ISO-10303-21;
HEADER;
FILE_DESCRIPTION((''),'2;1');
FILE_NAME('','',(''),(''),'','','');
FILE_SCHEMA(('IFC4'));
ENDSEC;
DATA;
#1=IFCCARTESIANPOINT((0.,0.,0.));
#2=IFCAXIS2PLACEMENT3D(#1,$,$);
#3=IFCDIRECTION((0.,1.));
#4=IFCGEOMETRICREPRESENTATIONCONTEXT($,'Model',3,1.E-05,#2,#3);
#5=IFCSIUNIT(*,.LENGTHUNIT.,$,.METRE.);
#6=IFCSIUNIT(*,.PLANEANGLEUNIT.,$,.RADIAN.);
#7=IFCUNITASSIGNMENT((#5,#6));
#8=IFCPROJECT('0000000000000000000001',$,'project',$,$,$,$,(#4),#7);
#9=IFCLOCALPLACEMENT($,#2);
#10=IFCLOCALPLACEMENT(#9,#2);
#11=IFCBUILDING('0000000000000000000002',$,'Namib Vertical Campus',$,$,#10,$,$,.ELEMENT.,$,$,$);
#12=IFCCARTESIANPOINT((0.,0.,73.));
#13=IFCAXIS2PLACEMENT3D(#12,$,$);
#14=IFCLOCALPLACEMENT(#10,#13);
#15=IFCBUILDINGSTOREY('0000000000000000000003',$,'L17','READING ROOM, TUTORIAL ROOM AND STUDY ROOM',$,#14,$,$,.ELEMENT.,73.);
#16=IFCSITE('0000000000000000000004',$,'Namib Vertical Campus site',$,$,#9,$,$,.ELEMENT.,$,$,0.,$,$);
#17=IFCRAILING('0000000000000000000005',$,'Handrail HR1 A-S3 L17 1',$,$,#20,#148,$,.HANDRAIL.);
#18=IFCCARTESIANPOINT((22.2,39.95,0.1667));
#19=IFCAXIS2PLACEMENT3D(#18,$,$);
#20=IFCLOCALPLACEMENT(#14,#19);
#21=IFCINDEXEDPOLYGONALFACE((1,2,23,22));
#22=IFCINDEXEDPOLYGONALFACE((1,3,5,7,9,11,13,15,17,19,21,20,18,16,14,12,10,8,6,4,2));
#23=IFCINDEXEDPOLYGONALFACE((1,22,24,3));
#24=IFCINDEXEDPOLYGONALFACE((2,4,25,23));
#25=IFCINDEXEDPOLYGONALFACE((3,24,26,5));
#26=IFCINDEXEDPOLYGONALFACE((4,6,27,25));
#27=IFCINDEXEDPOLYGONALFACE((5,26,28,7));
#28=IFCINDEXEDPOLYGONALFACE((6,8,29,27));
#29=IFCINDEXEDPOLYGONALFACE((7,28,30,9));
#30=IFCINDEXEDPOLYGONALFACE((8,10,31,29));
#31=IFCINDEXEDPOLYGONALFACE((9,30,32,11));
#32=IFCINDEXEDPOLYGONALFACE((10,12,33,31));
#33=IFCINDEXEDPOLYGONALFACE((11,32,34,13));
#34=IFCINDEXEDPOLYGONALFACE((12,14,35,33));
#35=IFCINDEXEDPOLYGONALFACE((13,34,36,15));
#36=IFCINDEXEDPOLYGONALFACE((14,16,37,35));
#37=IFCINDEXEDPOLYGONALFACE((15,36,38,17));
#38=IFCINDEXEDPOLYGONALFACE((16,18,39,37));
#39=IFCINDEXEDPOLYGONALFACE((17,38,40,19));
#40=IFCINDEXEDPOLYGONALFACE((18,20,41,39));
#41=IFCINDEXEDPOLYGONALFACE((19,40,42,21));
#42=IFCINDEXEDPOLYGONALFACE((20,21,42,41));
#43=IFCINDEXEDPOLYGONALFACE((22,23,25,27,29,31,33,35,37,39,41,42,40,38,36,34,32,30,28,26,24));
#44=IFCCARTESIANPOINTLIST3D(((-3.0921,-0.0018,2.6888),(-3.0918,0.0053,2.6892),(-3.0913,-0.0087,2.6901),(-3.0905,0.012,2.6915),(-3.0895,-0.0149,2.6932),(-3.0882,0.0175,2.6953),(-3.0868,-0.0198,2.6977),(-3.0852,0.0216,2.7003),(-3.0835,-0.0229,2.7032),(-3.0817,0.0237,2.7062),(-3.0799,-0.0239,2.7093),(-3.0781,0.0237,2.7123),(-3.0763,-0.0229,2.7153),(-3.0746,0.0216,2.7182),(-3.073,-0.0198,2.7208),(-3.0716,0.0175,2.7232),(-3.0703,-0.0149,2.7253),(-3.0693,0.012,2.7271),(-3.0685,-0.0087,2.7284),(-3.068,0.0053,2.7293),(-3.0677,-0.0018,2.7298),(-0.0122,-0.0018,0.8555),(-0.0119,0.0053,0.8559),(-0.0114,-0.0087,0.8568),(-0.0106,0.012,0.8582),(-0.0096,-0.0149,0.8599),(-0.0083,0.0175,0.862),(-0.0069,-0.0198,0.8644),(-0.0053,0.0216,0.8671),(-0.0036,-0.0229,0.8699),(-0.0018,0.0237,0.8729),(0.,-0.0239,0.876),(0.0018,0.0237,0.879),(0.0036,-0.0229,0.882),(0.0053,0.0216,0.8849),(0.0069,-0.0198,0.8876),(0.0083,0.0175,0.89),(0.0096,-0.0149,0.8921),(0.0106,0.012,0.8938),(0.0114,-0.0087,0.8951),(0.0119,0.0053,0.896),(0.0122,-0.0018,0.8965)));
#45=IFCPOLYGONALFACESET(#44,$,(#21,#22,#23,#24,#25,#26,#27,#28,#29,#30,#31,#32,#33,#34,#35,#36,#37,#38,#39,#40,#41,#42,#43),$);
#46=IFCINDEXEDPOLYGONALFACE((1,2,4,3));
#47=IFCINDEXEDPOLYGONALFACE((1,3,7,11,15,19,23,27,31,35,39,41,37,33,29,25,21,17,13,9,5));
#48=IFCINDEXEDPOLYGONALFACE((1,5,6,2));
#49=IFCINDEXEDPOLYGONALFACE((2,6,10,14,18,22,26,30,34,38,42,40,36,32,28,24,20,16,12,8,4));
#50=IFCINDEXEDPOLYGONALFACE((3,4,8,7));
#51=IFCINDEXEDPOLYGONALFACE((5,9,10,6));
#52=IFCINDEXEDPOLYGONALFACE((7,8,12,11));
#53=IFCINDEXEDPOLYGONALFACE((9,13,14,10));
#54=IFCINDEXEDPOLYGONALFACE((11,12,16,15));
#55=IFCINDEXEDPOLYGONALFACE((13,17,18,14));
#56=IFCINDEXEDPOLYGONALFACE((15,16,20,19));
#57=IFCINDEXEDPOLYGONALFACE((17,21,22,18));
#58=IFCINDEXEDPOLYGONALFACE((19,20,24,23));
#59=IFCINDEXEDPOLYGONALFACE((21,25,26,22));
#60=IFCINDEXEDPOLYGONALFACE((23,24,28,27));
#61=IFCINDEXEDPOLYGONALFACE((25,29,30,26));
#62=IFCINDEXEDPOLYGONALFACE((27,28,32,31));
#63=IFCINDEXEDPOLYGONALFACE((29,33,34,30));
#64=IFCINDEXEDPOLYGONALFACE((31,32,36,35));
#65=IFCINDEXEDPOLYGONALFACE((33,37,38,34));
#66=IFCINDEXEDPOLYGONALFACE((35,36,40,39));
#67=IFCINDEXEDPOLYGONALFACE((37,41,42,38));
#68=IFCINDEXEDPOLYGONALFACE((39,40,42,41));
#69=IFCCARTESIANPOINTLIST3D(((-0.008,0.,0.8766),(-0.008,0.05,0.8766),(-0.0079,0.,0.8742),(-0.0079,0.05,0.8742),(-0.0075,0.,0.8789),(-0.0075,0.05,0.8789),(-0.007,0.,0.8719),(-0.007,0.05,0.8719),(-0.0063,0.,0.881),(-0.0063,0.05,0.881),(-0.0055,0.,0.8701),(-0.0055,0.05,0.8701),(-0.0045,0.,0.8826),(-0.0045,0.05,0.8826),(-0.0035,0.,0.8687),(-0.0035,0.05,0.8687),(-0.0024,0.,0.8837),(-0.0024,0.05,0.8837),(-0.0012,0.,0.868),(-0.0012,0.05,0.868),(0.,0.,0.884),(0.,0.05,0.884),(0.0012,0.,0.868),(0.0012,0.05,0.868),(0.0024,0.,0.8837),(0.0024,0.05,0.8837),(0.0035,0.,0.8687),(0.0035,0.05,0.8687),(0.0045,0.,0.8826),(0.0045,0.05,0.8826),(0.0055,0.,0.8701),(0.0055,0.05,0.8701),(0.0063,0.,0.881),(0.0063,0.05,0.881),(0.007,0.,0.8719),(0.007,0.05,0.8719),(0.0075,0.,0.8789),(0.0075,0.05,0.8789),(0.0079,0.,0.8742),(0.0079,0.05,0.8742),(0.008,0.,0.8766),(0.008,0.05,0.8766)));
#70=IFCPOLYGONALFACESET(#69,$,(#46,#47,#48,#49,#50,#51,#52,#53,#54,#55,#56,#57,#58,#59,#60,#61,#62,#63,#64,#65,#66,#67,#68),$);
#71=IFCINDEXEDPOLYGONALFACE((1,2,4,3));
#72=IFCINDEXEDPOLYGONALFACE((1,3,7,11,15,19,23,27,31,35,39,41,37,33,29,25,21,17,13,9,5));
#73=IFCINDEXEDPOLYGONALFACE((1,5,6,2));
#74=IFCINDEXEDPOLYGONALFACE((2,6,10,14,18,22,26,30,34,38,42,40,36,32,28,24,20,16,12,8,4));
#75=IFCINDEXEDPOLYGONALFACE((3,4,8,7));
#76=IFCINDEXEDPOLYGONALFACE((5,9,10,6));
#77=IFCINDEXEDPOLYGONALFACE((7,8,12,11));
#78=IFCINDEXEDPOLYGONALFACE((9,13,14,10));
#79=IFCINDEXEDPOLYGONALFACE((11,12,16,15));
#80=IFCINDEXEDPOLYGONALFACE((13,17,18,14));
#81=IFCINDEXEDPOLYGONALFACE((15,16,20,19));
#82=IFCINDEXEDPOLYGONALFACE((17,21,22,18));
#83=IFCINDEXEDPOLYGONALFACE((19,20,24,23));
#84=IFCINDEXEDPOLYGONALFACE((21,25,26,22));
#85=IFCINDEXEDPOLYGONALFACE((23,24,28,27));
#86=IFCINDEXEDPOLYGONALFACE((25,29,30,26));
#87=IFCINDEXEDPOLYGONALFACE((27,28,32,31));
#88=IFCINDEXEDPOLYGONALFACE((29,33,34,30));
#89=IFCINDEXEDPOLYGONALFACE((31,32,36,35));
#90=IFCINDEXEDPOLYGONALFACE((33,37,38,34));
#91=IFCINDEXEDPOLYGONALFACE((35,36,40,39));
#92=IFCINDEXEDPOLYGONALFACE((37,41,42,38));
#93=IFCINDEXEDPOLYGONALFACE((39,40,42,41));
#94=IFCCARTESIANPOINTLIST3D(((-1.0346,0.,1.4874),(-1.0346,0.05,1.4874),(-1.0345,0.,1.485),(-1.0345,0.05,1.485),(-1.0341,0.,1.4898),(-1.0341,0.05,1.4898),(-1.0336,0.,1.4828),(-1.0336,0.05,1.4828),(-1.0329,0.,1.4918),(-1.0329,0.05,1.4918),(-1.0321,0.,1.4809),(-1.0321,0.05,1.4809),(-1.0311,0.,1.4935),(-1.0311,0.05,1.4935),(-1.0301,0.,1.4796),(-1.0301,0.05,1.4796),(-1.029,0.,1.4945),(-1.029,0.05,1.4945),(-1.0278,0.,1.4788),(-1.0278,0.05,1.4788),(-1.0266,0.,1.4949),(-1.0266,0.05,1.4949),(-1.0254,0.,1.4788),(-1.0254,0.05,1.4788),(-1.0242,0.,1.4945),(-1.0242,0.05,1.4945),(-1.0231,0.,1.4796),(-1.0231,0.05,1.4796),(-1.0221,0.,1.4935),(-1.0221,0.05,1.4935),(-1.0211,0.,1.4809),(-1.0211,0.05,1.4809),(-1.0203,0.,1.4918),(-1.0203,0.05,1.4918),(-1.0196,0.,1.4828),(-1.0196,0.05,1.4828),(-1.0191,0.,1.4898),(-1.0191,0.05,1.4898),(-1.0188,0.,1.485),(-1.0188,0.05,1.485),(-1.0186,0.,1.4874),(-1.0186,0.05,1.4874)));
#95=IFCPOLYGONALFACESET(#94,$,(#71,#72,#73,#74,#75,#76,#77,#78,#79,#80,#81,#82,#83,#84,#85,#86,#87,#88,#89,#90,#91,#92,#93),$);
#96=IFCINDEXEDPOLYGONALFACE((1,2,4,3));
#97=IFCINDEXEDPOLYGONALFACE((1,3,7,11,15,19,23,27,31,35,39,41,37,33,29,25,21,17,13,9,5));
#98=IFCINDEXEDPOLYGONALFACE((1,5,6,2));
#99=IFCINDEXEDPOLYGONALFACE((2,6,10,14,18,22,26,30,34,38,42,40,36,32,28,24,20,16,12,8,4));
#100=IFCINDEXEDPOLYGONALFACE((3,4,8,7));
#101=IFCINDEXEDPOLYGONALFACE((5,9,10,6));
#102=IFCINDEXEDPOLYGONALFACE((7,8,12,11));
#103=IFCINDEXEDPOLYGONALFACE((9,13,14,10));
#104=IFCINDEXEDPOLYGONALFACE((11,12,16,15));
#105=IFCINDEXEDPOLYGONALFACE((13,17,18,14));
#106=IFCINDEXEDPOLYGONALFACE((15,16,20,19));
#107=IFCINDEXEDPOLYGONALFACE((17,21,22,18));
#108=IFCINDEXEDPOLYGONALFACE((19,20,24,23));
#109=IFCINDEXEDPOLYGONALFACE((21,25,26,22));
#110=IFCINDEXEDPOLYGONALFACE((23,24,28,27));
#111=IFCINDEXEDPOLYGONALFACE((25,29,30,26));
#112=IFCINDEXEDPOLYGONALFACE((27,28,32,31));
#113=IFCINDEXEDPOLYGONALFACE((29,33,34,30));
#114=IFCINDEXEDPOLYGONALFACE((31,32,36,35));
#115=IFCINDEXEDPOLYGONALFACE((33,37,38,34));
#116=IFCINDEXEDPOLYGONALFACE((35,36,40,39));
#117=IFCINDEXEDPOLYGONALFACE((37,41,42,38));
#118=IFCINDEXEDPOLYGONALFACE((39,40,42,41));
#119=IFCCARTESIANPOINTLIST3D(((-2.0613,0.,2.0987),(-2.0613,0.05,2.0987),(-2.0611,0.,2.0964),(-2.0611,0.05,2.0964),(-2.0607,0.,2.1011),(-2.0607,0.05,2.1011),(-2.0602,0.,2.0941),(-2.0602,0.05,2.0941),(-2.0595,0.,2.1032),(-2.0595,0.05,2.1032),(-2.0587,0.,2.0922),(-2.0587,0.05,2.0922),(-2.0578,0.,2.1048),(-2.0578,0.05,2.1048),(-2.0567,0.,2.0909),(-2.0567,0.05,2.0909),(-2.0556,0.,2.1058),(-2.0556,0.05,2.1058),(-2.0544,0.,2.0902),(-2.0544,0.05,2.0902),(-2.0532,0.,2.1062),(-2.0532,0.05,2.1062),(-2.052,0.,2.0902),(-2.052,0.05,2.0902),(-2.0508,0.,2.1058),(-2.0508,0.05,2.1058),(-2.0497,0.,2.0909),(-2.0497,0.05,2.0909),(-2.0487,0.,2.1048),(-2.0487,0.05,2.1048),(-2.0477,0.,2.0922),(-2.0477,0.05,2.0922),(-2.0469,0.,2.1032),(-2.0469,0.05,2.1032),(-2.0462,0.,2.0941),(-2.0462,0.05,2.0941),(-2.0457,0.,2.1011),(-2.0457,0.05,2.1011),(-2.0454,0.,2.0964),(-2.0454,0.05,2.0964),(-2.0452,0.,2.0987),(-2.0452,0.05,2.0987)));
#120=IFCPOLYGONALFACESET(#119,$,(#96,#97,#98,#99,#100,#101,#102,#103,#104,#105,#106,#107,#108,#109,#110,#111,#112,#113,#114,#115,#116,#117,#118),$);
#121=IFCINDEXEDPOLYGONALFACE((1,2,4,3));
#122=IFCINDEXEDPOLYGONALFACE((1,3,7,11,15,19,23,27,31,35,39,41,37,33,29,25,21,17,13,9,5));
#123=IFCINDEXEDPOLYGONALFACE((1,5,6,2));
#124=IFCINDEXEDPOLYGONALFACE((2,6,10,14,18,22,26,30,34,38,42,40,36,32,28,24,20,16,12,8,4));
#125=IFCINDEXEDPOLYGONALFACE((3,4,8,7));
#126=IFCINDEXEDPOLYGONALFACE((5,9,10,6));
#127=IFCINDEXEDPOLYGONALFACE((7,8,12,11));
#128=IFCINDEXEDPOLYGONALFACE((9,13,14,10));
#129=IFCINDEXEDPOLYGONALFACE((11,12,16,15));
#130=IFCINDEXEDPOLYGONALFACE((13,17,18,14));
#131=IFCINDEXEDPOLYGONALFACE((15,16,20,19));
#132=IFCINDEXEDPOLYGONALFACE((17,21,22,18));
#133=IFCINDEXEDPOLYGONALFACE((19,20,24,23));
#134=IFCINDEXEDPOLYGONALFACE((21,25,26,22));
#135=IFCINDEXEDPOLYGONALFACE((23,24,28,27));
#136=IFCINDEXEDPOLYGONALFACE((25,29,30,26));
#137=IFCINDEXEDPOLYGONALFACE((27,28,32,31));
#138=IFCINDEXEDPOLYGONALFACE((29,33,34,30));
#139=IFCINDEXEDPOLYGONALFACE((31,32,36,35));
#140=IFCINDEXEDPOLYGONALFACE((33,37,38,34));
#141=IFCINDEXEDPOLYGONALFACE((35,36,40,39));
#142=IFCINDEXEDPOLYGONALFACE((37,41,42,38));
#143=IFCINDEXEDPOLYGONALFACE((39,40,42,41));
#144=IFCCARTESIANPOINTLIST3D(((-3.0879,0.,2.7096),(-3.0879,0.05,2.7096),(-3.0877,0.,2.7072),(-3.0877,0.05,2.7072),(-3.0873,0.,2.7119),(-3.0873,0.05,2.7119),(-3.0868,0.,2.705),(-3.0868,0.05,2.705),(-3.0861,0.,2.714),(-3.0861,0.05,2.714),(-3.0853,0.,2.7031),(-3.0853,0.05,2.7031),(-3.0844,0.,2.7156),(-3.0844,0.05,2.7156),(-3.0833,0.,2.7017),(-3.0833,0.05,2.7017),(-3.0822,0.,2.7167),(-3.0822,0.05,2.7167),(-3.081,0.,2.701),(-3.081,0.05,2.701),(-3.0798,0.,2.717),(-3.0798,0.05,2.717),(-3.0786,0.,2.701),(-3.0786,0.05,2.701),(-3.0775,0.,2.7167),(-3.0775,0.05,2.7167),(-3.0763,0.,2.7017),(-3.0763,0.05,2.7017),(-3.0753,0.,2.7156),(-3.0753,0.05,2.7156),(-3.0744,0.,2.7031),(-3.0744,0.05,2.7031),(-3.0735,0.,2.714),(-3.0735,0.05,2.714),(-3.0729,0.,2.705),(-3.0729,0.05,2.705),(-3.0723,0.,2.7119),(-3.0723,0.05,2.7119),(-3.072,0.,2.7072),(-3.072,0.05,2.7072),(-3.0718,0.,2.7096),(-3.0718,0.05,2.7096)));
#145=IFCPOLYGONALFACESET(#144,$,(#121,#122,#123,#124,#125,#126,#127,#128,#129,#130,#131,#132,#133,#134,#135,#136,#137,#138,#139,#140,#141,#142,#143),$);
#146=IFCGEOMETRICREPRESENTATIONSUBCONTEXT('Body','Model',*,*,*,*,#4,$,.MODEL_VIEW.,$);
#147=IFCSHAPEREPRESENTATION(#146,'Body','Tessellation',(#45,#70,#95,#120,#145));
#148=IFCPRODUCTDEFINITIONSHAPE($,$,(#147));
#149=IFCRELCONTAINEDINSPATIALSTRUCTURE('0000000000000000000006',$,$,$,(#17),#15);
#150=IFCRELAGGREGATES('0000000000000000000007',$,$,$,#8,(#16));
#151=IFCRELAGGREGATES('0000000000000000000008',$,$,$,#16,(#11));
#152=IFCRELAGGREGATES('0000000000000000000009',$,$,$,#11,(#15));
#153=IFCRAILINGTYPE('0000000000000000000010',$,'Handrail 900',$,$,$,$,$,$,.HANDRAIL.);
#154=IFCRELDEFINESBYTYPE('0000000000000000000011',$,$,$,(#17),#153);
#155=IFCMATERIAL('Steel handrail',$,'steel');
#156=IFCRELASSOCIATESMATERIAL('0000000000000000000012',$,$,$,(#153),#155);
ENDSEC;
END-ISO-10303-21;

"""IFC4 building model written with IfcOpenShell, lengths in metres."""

from ifc_helpers import new_model, si_unit, direction, frame, origin, origin_2d, place, context, subcontext, project, spatial, circle, extrude, material, type_object, element, save


model = new_model("IFC4")

# Units and contexts
model_context = context("Model", 3, precision=1e-05, world=origin(), true_north=direction((0.0, 1.0)))
body_context = subcontext(model_context, "Body", "Model", "MODEL_VIEW")
ifc_project = project(units=[si_unit("LENGTHUNIT", "METRE"), si_unit("PLANEANGLEUNIT", "RADIAN")], contexts=[model_context])

# Site, building, storey
site_placement = place(None, origin())
site = spatial("IfcSite", under=ifc_project, at=site_placement, Name="Namib Vertical Campus site", CompositionType="ELEMENT", RefElevation=0.0)
building_placement = place(site_placement, origin())
building = spatial("IfcBuilding", under=site, at=building_placement, Name="Namib Vertical Campus", CompositionType="ELEMENT")
storey_placement = place(building_placement, frame((0.0, 0.0, 73.0)))
storey = spatial("IfcBuildingStorey", under=building, at=storey_placement, Name="L17", Description="READING ROOM, TUTORIAL ROOM AND STUDY ROOM", CompositionType="ELEMENT", Elevation=73.0)

# Railing
ifc_material_1 = material(Name="Steel handrail", Category="steel")
railing_type_1 = type_object("IfcRailingType", Name="Handrail 900", PredefinedType="HANDRAIL", material=ifc_material_1)
railing_1_placement = place(storey_placement, frame((22.2, 39.95, 0.1667)))
element("IfcRailing", 1, at=railing_1_placement, inside=storey, type_object=railing_type_1, Name="Handrail HR1 A-S3 L17 1", PredefinedType="HANDRAIL", context=body_context, shape_type="SweptSolid", body=[
    extrude(circle(Radius=0.0239, at=origin_2d()), frame((0.0, 0.0, 0.876), z_axis=(-0.859291, 0.0, 0.511487), x_axis=(0.0, -1.0, 0.0)), (0.0, 0.0, 1.0), 3.5842),
    extrude(circle(Radius=0.0081, at=origin_2d()), frame((0.0, 0.0, 0.876), z_axis=(0.0, 1.0, 0.0), x_axis=(0.0, 0.0, 1.0)), (0.0, 0.0, 1.0), 0.05),
    extrude(circle(Radius=0.0081, at=origin_2d()), frame((-1.0266, 0.0, 1.4868), z_axis=(0.0, 1.0, 0.0), x_axis=(0.0, 0.0, 1.0)), (0.0, 0.0, 1.0), 0.05),
    extrude(circle(Radius=0.0081, at=origin_2d()), frame((-2.0532, 0.0, 2.0981), z_axis=(0.0, 1.0, 0.0), x_axis=(0.0, 0.0, 1.0)), (0.0, 0.0, 1.0), 0.05),
    extrude(circle(Radius=0.0081, at=origin_2d()), frame((-3.0798, 0.0, 2.709), z_axis=(0.0, 1.0, 0.0), x_axis=(0.0, 0.0, 1.0)), (0.0, 0.0, 1.0), 0.05),
])

save(model, "model.ifc")
